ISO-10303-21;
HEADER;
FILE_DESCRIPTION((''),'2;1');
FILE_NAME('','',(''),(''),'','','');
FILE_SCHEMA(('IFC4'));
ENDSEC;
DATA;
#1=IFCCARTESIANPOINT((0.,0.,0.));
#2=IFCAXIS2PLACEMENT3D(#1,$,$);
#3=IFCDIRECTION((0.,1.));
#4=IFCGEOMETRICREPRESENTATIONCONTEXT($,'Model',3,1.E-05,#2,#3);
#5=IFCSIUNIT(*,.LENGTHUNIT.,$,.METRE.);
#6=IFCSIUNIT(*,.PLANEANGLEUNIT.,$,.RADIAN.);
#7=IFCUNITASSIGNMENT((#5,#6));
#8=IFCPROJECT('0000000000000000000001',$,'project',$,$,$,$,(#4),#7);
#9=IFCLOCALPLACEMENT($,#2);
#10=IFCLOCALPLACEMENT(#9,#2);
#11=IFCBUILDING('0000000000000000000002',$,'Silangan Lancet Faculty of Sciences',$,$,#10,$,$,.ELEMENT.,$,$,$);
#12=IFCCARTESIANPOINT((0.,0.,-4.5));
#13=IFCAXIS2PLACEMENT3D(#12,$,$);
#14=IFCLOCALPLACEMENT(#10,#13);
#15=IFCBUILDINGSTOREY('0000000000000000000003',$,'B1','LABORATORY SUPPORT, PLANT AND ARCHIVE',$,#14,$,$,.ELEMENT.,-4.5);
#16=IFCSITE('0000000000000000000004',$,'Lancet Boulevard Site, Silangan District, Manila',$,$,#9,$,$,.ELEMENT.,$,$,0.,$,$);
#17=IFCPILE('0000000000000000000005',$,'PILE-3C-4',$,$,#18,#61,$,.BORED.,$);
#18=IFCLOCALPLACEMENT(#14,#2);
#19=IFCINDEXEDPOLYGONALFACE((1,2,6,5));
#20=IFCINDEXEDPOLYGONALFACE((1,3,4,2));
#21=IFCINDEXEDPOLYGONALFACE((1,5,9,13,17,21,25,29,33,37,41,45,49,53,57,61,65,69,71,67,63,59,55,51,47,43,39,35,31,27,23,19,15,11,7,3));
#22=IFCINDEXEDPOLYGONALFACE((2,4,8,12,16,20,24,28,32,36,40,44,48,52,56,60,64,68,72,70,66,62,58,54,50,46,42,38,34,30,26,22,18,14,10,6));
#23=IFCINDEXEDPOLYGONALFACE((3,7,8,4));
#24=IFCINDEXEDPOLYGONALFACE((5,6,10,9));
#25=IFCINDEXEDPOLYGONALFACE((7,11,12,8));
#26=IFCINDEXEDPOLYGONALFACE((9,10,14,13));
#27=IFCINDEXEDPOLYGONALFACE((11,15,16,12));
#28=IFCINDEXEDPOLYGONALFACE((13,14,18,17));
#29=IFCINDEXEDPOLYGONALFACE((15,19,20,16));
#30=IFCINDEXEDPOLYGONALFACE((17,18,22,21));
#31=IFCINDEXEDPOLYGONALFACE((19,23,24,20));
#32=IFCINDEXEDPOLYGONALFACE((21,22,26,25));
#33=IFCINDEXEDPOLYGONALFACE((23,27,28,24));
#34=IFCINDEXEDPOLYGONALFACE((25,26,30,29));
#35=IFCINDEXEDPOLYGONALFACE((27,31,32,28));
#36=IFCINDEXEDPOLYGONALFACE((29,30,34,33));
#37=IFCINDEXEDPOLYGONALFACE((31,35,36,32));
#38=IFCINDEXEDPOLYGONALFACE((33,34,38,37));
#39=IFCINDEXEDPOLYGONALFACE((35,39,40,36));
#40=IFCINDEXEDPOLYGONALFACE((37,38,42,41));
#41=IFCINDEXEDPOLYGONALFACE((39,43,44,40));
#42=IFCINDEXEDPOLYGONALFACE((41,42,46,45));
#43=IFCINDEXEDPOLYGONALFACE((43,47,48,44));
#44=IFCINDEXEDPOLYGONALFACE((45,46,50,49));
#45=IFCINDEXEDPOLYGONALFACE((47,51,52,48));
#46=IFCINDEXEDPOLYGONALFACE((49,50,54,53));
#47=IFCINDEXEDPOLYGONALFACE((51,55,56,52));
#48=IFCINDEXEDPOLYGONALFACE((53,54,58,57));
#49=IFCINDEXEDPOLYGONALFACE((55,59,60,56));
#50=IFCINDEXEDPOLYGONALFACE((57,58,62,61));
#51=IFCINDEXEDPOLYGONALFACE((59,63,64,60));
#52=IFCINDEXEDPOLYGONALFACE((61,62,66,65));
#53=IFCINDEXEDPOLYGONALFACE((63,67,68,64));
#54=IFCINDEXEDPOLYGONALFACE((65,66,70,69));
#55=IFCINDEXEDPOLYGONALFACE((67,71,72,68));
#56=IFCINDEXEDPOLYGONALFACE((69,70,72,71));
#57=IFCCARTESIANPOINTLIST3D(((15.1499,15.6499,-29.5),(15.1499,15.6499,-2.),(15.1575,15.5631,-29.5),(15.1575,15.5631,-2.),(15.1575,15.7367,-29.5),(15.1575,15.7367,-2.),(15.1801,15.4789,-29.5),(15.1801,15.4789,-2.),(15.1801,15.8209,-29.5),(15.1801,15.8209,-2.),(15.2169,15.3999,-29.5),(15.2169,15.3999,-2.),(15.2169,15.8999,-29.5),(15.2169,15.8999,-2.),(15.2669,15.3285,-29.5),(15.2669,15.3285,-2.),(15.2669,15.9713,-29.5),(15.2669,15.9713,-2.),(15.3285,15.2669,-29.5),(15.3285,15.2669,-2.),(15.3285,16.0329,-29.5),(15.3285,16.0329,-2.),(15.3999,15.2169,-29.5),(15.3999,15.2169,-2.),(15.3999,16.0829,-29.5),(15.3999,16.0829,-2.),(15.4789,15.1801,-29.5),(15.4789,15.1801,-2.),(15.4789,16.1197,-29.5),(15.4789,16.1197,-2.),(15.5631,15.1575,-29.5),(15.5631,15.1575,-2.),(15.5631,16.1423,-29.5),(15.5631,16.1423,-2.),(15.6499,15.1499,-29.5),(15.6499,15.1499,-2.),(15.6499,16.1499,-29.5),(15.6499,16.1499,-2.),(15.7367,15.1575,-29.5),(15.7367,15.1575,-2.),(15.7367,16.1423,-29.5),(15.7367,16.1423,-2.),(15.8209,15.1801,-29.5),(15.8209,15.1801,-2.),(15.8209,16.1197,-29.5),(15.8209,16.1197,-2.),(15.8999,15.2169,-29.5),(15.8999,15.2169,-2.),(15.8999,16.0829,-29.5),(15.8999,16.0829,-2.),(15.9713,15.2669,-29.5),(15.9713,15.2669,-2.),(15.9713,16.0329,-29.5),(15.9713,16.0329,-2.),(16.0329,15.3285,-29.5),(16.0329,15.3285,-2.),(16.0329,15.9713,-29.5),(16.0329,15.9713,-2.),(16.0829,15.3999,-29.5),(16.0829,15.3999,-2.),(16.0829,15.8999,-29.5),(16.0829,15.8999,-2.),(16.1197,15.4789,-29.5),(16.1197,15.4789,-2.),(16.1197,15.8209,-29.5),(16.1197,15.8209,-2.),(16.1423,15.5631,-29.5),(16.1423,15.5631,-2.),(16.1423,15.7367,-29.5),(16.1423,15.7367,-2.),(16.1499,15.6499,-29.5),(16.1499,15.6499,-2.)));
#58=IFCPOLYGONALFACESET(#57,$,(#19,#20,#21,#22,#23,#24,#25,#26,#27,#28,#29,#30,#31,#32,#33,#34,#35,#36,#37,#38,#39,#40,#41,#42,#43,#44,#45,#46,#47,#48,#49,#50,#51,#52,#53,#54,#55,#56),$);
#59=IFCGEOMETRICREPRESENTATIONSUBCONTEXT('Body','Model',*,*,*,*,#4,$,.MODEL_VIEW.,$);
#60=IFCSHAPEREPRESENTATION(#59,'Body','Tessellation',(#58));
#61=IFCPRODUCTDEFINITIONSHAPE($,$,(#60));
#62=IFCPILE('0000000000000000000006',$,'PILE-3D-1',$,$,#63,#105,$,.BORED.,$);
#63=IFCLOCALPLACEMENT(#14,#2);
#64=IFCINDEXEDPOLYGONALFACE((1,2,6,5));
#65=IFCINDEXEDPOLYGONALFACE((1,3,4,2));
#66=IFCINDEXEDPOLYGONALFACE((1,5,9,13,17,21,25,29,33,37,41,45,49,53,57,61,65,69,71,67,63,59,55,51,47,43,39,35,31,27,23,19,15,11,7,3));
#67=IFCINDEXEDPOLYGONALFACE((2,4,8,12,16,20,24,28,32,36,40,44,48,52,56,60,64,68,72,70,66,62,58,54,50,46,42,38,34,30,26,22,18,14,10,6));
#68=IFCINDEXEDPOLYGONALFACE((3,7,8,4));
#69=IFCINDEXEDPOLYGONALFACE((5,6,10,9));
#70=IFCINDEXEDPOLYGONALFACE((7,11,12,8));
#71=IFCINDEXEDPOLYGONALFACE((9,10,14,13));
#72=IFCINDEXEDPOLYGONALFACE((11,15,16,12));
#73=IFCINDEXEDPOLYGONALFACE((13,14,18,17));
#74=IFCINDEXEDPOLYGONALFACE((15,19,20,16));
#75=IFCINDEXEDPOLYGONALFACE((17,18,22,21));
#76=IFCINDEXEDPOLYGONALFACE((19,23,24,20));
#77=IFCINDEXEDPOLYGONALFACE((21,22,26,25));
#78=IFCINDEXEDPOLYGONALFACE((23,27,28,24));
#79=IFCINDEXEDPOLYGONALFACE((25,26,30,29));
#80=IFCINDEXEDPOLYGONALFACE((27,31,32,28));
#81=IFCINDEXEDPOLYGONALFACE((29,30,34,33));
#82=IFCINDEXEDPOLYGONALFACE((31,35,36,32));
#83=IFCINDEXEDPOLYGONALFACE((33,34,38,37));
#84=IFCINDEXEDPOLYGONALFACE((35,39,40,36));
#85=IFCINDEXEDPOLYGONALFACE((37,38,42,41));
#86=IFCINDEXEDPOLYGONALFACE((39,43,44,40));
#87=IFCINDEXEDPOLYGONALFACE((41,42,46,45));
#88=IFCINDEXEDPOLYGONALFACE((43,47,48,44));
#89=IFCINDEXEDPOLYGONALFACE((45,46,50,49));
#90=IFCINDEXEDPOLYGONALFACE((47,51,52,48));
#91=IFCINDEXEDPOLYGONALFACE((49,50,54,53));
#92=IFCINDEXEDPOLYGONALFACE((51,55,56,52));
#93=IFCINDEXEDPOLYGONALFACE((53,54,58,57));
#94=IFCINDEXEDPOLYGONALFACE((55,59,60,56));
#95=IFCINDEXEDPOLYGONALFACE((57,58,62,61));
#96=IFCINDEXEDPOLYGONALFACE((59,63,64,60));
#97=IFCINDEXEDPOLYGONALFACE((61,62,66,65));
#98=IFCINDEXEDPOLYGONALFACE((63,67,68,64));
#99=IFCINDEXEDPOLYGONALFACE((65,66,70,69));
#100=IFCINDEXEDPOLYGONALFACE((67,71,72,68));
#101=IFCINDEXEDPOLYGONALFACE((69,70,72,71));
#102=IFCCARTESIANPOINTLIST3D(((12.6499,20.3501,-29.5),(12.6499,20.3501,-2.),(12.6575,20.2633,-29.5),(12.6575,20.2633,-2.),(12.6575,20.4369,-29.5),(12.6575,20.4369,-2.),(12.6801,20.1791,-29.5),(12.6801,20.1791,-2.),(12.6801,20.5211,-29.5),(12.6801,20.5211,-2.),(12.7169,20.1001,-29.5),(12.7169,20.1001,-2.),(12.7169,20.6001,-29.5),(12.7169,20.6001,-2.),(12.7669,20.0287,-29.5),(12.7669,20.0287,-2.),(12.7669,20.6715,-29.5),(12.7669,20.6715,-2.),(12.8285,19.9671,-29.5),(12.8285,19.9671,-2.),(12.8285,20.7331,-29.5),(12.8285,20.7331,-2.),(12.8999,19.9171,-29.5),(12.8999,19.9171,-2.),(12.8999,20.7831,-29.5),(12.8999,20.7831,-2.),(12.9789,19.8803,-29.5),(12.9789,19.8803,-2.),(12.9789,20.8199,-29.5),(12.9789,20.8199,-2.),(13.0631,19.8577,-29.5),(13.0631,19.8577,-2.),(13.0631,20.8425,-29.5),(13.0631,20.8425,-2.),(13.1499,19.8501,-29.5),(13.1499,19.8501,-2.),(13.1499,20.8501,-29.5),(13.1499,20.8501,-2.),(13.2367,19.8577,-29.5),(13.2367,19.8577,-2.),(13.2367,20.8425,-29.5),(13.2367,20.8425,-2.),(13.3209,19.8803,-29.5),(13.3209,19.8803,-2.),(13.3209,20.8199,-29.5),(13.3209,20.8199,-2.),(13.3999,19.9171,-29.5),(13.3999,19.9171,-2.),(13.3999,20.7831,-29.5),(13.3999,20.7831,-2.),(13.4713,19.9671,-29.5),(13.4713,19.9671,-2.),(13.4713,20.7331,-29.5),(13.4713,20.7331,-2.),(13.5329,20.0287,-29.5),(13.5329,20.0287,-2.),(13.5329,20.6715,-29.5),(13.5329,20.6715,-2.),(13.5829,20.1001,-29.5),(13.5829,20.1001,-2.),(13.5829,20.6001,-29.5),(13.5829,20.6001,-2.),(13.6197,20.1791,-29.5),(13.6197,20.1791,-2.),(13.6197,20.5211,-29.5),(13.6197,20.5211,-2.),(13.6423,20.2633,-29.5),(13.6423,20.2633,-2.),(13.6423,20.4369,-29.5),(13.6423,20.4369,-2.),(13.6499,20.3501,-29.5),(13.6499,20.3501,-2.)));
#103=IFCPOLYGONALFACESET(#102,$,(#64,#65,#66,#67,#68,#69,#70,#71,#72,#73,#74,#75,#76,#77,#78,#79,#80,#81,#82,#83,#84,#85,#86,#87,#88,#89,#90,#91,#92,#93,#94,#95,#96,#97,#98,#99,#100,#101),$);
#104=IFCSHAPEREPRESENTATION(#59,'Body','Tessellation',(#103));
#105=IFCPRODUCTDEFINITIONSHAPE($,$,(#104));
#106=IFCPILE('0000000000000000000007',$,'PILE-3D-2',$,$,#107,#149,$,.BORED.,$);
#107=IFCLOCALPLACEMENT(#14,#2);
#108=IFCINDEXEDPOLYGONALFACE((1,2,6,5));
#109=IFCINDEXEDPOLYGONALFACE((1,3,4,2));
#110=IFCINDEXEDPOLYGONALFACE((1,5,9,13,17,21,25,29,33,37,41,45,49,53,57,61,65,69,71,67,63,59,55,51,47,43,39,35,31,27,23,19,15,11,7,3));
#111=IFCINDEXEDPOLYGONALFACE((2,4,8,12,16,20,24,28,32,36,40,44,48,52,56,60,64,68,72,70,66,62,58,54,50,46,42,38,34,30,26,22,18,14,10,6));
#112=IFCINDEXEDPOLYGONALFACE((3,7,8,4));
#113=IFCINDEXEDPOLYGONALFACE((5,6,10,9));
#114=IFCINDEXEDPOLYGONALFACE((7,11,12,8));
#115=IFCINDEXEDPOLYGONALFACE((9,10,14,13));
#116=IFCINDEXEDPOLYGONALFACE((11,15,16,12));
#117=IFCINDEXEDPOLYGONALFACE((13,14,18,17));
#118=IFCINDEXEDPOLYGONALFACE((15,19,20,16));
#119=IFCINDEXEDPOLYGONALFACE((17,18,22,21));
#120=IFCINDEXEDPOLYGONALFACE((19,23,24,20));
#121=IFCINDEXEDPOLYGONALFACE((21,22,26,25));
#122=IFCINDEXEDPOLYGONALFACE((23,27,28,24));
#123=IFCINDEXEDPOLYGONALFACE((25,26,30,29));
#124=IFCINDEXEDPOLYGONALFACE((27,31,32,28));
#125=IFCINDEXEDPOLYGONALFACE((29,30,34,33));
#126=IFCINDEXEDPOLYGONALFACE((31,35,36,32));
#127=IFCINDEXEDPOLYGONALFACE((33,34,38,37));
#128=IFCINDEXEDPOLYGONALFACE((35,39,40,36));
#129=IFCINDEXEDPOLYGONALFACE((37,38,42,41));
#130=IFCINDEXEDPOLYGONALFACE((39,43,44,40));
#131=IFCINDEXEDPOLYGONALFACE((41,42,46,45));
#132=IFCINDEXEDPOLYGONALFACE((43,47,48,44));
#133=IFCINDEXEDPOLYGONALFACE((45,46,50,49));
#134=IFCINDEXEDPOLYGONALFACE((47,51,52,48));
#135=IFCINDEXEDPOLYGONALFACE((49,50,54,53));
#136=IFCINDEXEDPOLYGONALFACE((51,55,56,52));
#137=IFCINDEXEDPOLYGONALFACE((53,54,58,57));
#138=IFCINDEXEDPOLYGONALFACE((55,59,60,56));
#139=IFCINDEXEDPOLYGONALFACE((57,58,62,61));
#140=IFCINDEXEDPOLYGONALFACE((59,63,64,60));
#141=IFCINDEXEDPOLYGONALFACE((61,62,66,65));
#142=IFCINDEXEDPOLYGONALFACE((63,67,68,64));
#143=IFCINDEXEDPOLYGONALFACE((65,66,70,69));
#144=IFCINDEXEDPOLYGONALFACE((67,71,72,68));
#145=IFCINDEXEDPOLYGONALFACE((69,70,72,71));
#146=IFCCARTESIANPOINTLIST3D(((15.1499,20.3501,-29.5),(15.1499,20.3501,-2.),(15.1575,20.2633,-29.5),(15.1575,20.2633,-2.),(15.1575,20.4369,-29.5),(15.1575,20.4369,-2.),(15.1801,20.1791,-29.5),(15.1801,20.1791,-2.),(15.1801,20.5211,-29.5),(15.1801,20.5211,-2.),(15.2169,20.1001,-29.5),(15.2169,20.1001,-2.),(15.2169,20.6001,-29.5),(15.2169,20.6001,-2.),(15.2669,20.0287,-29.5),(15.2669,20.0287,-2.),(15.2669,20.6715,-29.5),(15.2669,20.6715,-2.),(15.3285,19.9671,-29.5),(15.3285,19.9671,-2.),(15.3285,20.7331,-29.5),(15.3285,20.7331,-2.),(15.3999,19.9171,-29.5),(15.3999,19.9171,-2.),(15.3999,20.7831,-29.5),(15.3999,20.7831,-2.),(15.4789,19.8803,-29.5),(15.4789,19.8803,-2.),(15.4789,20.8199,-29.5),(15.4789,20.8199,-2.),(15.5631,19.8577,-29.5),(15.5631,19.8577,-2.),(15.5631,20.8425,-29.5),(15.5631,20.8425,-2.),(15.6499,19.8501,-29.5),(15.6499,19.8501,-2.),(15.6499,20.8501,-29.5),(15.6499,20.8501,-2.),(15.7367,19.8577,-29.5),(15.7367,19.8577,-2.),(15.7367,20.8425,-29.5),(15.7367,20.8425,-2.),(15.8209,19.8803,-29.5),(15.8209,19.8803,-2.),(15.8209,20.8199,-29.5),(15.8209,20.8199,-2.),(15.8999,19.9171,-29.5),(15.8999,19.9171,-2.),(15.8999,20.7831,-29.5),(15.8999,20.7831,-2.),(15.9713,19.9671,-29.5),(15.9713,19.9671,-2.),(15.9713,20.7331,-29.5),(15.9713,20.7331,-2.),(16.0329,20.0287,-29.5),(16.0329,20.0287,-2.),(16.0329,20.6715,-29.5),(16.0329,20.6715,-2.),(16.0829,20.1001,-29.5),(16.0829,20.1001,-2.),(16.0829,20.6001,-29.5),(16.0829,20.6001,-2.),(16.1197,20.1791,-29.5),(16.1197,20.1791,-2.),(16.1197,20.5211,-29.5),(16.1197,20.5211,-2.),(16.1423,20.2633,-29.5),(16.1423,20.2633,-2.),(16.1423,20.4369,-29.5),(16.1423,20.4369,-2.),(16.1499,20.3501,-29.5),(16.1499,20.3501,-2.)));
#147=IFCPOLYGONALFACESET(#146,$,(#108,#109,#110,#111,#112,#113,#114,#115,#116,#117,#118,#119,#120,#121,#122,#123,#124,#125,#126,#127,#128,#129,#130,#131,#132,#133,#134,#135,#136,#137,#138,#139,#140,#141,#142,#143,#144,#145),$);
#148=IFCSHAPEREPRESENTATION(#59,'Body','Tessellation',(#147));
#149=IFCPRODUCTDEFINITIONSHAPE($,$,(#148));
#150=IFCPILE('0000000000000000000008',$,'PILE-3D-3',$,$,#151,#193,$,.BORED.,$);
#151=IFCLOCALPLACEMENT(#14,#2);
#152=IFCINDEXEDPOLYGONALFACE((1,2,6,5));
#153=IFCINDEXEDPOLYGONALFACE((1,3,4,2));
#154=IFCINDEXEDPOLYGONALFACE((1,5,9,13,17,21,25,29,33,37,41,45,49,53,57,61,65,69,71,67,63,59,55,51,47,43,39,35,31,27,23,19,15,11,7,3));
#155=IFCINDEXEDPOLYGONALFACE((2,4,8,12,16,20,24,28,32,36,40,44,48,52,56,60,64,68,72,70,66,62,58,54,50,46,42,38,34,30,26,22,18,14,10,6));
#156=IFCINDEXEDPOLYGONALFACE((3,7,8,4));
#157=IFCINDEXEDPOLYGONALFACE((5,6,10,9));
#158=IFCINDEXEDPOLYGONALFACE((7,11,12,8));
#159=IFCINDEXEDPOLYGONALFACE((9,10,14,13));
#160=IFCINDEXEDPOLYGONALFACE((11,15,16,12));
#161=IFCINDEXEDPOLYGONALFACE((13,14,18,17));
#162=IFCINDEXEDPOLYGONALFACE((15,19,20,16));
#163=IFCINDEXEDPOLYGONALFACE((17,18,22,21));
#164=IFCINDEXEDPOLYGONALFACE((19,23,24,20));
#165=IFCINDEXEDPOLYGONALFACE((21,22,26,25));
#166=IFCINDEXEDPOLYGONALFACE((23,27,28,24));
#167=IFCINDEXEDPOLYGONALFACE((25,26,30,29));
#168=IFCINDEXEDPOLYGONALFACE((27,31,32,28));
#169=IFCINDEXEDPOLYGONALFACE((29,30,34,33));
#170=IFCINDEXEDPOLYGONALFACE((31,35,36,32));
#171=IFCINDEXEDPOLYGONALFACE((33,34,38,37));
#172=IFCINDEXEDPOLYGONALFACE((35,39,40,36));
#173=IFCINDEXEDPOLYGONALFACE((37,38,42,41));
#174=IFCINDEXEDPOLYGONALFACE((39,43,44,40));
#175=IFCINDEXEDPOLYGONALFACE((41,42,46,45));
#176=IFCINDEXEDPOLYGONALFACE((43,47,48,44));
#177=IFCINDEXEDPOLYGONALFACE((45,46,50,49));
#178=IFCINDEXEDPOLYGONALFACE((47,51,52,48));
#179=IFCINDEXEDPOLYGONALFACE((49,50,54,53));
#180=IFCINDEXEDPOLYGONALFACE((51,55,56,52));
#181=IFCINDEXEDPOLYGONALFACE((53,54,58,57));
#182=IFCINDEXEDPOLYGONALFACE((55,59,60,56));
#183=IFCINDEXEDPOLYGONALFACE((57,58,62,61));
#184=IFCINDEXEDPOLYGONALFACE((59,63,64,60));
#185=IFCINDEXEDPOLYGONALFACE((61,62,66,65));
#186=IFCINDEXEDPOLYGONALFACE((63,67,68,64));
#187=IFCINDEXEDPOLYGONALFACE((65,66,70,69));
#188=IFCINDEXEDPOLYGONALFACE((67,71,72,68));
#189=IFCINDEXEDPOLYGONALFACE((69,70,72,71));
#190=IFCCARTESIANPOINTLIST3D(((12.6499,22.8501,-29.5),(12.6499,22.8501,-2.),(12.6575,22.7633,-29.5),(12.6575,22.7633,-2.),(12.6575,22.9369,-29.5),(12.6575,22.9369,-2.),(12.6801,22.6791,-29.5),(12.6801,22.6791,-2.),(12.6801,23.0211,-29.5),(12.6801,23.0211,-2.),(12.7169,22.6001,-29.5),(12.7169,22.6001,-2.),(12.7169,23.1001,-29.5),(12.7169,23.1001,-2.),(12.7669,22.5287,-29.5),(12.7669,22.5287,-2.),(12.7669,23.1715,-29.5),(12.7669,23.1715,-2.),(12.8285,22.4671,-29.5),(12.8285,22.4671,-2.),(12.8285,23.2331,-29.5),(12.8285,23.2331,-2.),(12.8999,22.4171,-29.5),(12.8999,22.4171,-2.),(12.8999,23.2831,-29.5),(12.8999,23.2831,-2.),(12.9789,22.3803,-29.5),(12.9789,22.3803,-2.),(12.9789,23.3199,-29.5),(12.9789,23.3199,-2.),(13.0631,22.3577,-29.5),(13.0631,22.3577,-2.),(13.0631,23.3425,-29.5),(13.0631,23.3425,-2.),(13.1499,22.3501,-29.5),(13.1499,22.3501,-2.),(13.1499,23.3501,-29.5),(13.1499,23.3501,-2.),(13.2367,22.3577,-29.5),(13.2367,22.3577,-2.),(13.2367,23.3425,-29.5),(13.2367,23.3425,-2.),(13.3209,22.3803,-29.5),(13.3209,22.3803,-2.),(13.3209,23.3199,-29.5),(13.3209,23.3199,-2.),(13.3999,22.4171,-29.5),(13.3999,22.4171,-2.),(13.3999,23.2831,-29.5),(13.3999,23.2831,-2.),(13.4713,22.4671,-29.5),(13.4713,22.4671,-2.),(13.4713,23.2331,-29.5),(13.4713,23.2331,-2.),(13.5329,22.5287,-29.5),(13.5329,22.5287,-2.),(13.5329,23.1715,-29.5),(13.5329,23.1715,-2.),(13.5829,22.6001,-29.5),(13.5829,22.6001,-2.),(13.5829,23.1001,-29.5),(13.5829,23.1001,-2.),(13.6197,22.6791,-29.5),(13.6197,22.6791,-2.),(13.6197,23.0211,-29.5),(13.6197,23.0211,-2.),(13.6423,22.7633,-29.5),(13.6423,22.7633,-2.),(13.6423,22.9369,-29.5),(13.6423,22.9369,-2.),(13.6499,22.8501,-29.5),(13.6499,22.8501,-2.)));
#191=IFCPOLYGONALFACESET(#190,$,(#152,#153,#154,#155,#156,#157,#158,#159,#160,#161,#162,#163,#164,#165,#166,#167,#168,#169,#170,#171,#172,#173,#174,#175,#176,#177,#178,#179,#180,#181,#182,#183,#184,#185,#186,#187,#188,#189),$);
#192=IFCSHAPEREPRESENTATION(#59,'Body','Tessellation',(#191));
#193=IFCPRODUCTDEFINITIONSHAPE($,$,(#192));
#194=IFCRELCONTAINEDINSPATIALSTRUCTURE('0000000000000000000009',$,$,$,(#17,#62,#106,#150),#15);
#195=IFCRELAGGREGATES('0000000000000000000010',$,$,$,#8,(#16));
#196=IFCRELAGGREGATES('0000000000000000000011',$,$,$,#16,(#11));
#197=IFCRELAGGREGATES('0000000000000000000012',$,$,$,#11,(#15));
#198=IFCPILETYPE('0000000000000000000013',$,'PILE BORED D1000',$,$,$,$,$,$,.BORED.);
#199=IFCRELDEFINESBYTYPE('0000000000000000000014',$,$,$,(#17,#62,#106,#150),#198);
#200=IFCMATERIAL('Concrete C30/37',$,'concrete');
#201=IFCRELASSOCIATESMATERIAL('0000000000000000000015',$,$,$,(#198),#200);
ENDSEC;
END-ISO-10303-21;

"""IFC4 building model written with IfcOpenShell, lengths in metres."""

from ifc_helpers import new_model, si_unit, direction, frame, origin, origin_2d, place, context, subcontext, project, spatial, circle, extrude, material, material_profile, profile_set, type_object, element, save


model = new_model("IFC4")

# Units and contexts
model_context = context("Model", 3, precision=1e-05, world=origin(), true_north=direction((0.0, 1.0)))
body_context = subcontext(model_context, "Body", "Model", "MODEL_VIEW")
ifc_project = project(units=[si_unit("LENGTHUNIT", "METRE"), si_unit("PLANEANGLEUNIT", "RADIAN")], contexts=[model_context])

# Site, building, storey
site_placement = place(None, origin())
site = spatial("IfcSite", under=ifc_project, at=site_placement, Name="Lancet Boulevard Site, Silangan District, Manila", CompositionType="ELEMENT", RefElevation=0.0)
building_placement = place(site_placement, origin())
building = spatial("IfcBuilding", under=site, at=building_placement, Name="Silangan Lancet Faculty of Sciences", CompositionType="ELEMENT")
storey_placement = place(building_placement, frame((0.0, 0.0, -4.5)))
storey = spatial("IfcBuildingStorey", under=building, at=storey_placement, Name="B1", Description="LABORATORY SUPPORT, PLANT AND ARCHIVE", CompositionType="ELEMENT", Elevation=-4.5)

# Piles
ifc_material_1 = material(Name="Concrete C30/37", Category="concrete")
ifc_material_profile_1 = material_profile(ifc_material_1, circle(Radius=0.5, at=origin_2d()), Name="BORED PILE D1000")
ifc_profile_set_1 = profile_set([ifc_material_profile_1], Name="Concrete C30/37")
pile_type = type_object("IfcPileType", Name="PILE BORED D1000", PredefinedType="BORED", material=ifc_profile_set_1)
for number, where, z_axis, x_axis, name in (
    (1, (15.6499, 15.6499, -2.0), (0.0, 0.0, -1.0), (1.0, 0.0, 0.0), "PILE-3C-4"),
    (2, (13.1499, 20.3501, -2.0), (0.0, 0.0, -1.0), (1.0, 0.0, 0.0), "PILE-3D-1"),
    (3, (15.6499, 20.3501, -2.0), (0.0, 0.0, -1.0), (1.0, 0.0, 0.0), "PILE-3D-2"),
    (4, (13.1499, 22.8501, -2.0), (0.0, 0.0, -1.0), (1.0, 0.0, 0.0), "PILE-3D-3"),
):
    element("IfcPile", number, at=place(storey_placement, frame(where, z_axis=z_axis, x_axis=x_axis)), inside=storey, type_object=pile_type, Name=name, PredefinedType="BORED", context=body_context, shape_type="SweptSolid", body=[
        extrude(circle(Radius=0.5, at=origin_2d()), origin(), (0.0, 0.0, 1.0), 27.5),
    ])

save(model, "model.ifc")
